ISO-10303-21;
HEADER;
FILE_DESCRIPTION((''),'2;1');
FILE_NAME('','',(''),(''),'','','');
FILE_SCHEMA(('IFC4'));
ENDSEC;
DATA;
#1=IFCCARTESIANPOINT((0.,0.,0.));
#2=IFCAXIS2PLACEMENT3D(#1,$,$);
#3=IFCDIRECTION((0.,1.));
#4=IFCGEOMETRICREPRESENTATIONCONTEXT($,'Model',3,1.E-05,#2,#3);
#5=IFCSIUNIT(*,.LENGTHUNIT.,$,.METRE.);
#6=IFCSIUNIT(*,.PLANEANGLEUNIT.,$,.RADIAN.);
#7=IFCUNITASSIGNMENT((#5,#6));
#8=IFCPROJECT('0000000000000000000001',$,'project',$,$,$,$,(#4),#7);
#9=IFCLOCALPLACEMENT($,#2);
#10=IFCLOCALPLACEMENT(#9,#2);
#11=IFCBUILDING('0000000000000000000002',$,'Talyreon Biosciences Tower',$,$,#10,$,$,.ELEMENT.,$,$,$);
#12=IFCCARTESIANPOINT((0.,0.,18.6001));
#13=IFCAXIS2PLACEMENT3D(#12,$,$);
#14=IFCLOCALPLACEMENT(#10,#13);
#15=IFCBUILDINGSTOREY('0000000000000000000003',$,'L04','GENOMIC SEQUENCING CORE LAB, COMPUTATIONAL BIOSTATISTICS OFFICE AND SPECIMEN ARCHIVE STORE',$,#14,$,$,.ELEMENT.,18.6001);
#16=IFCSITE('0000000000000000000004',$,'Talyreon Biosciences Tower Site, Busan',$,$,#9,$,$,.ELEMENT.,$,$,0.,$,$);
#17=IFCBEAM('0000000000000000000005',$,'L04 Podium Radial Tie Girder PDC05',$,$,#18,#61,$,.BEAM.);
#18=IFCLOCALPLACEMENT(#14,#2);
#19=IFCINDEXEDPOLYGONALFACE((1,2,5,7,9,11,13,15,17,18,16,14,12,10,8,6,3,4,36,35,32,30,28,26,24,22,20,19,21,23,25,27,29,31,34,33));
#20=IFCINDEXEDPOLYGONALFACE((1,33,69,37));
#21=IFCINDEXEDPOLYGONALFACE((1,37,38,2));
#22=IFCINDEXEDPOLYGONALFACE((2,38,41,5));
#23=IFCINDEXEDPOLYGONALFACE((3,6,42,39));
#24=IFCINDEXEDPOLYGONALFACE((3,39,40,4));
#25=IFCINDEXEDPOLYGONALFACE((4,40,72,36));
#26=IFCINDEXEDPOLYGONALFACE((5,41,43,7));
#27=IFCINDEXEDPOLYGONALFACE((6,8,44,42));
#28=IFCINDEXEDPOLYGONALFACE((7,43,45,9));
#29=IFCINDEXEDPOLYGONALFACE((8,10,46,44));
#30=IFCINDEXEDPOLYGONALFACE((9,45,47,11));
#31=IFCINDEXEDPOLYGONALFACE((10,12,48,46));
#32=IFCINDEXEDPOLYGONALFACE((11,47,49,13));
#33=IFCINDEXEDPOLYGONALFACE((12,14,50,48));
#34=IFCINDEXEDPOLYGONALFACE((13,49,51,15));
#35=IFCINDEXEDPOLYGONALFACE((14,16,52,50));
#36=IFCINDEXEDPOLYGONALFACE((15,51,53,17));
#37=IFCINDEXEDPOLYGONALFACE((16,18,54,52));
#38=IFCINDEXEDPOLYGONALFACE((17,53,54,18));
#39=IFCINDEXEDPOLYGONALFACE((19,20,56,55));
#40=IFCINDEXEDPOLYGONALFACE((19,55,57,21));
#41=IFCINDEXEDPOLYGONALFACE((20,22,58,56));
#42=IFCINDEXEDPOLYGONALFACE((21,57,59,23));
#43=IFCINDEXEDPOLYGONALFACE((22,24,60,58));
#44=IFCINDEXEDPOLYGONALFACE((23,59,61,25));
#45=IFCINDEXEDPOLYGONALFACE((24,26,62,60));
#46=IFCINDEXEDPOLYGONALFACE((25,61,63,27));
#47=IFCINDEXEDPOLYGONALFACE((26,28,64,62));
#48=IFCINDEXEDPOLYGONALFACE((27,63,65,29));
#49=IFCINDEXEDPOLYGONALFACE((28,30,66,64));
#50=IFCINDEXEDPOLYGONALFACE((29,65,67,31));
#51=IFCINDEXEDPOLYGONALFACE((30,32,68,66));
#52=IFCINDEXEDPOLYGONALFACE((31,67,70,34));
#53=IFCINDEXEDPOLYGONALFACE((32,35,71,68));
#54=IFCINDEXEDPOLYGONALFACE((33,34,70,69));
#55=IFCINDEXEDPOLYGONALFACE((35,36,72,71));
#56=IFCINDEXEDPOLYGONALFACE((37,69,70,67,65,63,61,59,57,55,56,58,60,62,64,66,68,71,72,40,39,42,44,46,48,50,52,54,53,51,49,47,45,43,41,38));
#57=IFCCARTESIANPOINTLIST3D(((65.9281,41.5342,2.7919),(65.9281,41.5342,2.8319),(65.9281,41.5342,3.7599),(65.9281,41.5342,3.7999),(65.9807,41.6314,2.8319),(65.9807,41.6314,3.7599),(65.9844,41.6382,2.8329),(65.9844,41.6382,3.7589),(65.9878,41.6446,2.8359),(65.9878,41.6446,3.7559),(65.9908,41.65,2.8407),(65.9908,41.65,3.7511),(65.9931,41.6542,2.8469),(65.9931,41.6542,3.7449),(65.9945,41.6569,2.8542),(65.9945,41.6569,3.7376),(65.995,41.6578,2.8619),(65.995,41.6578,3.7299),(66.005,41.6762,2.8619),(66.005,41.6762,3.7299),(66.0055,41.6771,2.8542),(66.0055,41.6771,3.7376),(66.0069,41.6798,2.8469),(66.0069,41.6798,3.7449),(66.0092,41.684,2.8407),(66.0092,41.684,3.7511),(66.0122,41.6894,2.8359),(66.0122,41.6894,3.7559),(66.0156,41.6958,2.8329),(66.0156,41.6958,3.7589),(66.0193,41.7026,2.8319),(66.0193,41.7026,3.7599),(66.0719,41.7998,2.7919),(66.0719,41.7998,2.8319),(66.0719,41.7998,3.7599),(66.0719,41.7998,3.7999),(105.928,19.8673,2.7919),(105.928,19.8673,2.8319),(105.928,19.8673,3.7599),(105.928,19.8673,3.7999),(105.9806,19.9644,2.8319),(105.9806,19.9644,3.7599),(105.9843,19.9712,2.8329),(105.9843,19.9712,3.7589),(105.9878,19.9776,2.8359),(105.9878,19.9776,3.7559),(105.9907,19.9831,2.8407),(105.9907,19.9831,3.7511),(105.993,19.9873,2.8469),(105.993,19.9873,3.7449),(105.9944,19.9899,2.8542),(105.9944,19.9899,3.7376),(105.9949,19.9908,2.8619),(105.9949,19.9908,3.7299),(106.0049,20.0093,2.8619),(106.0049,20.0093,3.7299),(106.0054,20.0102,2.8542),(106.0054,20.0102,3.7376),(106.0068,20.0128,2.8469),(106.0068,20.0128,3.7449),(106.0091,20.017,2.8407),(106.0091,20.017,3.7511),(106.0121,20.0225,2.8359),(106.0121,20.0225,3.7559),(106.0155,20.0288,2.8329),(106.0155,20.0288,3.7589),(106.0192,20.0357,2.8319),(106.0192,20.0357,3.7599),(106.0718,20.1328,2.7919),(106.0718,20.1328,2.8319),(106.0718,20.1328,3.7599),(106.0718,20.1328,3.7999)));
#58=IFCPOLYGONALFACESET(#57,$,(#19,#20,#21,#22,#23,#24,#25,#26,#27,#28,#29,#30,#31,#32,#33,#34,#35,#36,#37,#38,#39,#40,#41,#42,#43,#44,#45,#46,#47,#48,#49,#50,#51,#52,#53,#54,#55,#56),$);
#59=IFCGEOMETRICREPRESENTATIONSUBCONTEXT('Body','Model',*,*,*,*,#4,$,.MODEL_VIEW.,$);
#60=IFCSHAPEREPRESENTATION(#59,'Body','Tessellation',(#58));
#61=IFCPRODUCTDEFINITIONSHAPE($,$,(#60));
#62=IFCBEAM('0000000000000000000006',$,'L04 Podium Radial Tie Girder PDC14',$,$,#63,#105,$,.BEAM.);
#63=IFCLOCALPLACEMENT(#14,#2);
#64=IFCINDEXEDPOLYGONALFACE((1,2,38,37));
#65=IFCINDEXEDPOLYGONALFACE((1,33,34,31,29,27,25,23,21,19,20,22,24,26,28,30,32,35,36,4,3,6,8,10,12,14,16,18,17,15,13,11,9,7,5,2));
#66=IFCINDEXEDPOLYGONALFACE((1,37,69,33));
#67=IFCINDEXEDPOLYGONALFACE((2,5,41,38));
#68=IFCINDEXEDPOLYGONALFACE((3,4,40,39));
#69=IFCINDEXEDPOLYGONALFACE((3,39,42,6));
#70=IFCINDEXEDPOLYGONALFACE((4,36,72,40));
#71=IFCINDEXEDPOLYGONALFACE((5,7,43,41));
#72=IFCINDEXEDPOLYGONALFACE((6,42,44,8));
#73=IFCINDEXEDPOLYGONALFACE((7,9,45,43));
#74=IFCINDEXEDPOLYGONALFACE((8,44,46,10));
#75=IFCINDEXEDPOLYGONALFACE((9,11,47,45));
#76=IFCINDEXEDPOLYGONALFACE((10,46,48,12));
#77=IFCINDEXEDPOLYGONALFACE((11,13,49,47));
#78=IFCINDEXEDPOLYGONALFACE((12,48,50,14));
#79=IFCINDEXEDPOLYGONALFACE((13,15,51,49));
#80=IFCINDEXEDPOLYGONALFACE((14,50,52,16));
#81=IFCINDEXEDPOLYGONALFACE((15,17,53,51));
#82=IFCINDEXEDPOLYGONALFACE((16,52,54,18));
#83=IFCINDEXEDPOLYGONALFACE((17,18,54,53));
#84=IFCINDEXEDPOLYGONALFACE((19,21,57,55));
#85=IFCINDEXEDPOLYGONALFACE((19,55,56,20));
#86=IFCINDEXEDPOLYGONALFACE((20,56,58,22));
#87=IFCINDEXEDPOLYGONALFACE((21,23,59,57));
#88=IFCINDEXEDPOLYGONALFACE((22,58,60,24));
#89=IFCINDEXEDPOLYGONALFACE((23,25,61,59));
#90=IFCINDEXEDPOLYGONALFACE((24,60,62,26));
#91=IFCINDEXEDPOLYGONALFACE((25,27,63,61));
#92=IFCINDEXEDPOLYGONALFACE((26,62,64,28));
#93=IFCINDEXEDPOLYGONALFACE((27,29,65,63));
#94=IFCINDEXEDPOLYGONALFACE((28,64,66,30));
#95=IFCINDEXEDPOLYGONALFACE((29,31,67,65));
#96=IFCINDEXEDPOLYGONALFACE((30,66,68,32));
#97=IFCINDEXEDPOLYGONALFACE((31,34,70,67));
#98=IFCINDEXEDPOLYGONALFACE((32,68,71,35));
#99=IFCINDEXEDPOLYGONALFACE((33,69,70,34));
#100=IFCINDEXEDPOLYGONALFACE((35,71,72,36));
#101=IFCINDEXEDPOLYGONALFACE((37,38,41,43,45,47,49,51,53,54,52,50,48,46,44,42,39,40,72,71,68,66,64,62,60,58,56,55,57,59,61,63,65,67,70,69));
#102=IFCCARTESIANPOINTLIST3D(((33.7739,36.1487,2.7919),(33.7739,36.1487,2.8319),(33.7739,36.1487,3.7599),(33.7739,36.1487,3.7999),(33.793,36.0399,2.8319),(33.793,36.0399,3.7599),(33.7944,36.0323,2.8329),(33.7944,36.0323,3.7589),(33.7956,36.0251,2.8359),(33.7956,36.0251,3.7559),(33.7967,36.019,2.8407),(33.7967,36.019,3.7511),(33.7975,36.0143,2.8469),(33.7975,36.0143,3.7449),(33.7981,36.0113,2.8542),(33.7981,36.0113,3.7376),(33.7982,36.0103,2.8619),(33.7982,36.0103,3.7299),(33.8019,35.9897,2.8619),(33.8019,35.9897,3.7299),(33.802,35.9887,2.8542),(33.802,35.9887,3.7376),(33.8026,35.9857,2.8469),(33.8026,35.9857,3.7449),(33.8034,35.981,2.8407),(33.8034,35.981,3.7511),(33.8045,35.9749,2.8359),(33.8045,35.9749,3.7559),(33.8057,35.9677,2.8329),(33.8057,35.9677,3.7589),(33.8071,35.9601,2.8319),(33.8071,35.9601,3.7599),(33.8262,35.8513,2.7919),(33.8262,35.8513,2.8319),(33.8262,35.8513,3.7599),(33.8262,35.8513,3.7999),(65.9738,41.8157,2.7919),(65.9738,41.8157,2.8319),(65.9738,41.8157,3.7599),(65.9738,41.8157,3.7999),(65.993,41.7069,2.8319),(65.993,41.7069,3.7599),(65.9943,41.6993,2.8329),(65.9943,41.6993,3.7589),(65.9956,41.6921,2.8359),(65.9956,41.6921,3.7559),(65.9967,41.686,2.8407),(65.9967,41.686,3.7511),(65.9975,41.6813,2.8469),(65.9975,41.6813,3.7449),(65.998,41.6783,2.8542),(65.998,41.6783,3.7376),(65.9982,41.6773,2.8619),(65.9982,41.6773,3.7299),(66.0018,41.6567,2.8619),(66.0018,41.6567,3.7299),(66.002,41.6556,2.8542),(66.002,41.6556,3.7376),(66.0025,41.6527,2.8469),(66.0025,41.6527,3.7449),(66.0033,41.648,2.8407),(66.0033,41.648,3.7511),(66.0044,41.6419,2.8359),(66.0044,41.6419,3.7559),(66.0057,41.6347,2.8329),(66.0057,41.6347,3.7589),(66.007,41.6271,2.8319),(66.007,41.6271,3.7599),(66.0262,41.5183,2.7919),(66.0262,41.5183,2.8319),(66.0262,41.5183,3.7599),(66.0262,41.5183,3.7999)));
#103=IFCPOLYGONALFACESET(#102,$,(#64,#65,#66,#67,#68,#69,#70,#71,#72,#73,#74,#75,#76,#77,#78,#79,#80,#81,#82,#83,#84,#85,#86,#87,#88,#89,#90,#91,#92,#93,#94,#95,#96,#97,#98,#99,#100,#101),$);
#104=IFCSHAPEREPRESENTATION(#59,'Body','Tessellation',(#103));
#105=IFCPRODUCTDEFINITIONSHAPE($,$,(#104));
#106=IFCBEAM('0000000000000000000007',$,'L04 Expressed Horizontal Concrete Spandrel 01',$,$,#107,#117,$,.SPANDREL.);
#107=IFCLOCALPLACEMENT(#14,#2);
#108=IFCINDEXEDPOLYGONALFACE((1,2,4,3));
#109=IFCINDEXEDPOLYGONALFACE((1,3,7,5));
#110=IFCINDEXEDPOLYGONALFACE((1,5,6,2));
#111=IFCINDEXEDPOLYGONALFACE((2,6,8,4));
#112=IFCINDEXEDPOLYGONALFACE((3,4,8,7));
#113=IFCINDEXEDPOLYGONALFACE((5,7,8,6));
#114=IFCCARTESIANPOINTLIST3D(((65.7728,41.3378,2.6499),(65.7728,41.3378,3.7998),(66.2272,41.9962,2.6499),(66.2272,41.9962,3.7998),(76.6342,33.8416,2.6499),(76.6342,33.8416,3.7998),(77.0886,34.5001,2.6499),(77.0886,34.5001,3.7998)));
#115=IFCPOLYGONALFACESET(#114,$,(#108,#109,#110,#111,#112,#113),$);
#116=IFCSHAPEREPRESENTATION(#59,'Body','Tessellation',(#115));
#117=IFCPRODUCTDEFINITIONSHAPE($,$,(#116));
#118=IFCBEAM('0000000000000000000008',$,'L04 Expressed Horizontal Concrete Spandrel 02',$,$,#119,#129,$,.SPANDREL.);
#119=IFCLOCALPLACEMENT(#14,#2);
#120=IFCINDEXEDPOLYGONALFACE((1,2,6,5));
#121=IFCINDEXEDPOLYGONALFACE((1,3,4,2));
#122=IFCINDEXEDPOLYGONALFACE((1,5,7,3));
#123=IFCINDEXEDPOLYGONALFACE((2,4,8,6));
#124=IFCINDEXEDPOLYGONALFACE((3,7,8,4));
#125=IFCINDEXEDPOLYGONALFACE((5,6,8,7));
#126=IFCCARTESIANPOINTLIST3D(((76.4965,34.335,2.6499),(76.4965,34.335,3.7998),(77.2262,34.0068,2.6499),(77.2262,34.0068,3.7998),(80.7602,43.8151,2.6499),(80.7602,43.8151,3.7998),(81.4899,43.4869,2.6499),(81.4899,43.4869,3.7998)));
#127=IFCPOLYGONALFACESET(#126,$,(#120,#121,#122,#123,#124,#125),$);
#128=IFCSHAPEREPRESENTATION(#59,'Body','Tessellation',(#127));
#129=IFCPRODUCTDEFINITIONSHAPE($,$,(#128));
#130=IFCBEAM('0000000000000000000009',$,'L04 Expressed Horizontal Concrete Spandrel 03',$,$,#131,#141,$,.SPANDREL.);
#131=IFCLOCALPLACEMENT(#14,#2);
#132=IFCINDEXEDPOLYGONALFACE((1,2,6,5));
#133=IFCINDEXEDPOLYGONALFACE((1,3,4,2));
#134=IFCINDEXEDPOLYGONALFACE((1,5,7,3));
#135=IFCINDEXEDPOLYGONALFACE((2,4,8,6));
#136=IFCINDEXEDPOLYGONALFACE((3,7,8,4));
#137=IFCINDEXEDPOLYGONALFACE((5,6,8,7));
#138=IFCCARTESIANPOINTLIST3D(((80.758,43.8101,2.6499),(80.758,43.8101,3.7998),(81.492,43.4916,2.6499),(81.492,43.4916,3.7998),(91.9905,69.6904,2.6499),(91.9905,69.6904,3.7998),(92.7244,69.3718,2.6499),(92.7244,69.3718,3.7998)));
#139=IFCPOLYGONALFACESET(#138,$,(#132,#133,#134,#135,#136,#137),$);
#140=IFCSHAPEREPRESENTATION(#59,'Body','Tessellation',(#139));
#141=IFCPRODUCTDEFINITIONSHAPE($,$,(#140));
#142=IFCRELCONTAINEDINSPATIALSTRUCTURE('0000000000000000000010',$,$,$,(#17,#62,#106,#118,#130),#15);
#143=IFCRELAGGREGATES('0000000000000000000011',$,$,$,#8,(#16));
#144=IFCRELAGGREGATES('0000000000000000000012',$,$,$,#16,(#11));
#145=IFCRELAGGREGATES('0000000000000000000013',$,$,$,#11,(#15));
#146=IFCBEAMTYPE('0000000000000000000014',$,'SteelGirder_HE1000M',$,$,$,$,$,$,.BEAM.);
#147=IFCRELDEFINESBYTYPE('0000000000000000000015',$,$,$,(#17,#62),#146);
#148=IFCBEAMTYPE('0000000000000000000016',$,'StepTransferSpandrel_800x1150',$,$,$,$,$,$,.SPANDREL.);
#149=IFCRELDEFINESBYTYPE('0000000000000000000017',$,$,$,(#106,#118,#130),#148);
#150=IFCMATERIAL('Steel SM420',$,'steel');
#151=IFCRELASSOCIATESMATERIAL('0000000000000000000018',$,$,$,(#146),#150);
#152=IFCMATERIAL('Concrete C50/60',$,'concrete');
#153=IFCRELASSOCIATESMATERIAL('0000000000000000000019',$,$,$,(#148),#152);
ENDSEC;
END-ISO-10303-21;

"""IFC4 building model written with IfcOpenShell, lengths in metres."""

from ifc_helpers import new_model, si_unit, direction, frame, origin, origin_2d, place, context, subcontext, project, spatial, rectangle, i_section, extrude, material, material_profile, profile_set, type_object, element, save


model = new_model("IFC4")

# Units and contexts
model_context = context("Model", 3, precision=1e-05, world=origin(), true_north=direction((0.0, 1.0)))
body_context = subcontext(model_context, "Body", "Model", "MODEL_VIEW")
ifc_project = project(units=[si_unit("LENGTHUNIT", "METRE"), si_unit("PLANEANGLEUNIT", "RADIAN")], contexts=[model_context])

# Site, building, storey
site_placement = place(None, origin())
site = spatial("IfcSite", under=ifc_project, at=site_placement, Name="Talyreon Biosciences Tower Site, Busan", CompositionType="ELEMENT", RefElevation=0.0)
building_placement = place(site_placement, origin())
building = spatial("IfcBuilding", under=site, at=building_placement, Name="Talyreon Biosciences Tower", CompositionType="ELEMENT")
storey_placement = place(building_placement, frame((0.0, 0.0, 18.6001)))
storey = spatial("IfcBuildingStorey", under=building, at=storey_placement, Name="L04", Description="GENOMIC SEQUENCING CORE LAB, COMPUTATIONAL BIOSTATISTICS OFFICE AND SPECIMEN ARCHIVE STORE", CompositionType="ELEMENT", Elevation=18.6001)

# Beams
ifc_material_1 = material(Name="Concrete C50/60", Category="concrete")
ifc_material_2 = material(Name="Steel SM420", Category="steel")
ifc_material_profile_1 = material_profile(ifc_material_2, i_section(OverallWidth=0.302, OverallDepth=1.0081, WebThickness=0.021, FlangeThickness=0.04, FilletRadius=0.03, at=origin_2d()), Name="HE1000M")
ifc_profile_set_1 = profile_set([ifc_material_profile_1], Name="Steel SM420")
beam_type_1 = type_object("IfcBeamType", Name="SteelGirder_HE1000M", PredefinedType="BEAM", material=ifc_profile_set_1)
beam_1_placement = place(storey_placement, frame((66.0, 41.667, 3.2959), z_axis=(0.879289, -0.476289, 0.0), x_axis=(0.476289, 0.879289, 0.0)))
element("IfcBeam", 1, at=beam_1_placement, inside=storey, type_object=beam_type_1, Name="L04 Podium Radial Tie Girder PDC05", PredefinedType="BEAM", context=body_context, shape_type="SweptSolid", body=[
    extrude(i_section(OverallWidth=0.302, OverallDepth=1.0081, WebThickness=0.021, FlangeThickness=0.04, FilletRadius=0.03, at=origin_2d()), origin(), (0.0, 0.0, 1.0), 45.4912),
])
beam_2_placement = place(storey_placement, frame((66.0, 41.667, 3.2959), z_axis=(-0.984864, -0.17333, 0.0), x_axis=(0.17333, -0.984864, 0.0)))
element("IfcBeam", 2, at=beam_2_placement, inside=storey, type_object=beam_type_1, Name="L04 Podium Radial Tie Girder PDC14", PredefinedType="BEAM", context=body_context, shape_type="SweptSolid", body=[
    extrude(i_section(OverallWidth=0.302, OverallDepth=1.0081, WebThickness=0.021, FlangeThickness=0.04, FilletRadius=0.03, at=origin_2d()), origin(), (0.0, 0.0, 1.0), 32.6948),
])
ifc_material_profile_2 = material_profile(ifc_material_1, rectangle(XDim=0.8, YDim=1.1499, at=origin_2d()), Name="RCB 800x1150")
ifc_profile_set_2 = profile_set([ifc_material_profile_2], Name="Concrete C50/60")
beam_type_2 = type_object("IfcBeamType", Name="StepTransferSpandrel_800x1150", PredefinedType="SPANDREL", material=ifc_profile_set_2)
beam_3_placement = place(storey_placement, frame((66.0, 41.667, 3.2249), z_axis=(0.823017, -0.568017, 0.0), x_axis=(0.568017, 0.823017, 0.0)))
element("IfcBeam", 3, at=beam_3_placement, inside=storey, type_object=beam_type_2, Name="L04 Expressed Horizontal Concrete Spandrel 01", PredefinedType="SPANDREL", context=body_context, shape_type="SweptSolid", body=[
    extrude(rectangle(XDim=0.8, YDim=1.1499, at=origin_2d()), origin(), (0.0, 0.0, 1.0), 13.197),
])
beam_4_placement = place(storey_placement, frame((76.8613, 34.1709, 3.2249), z_axis=(0.410179, 0.912005, 0.0), x_axis=(-0.912005, 0.410179, 0.0)))
element("IfcBeam", 4, at=beam_4_placement, inside=storey, type_object=beam_type_2, Name="L04 Expressed Horizontal Concrete Spandrel 02", PredefinedType="SPANDREL", context=body_context, shape_type="SweptSolid", body=[
    extrude(rectangle(XDim=0.8, YDim=1.1499, at=origin_2d()), origin(), (0.0, 0.0, 1.0), 10.3948),
])
beam_5_placement = place(storey_placement, frame((81.125, 43.6509, 3.2249), z_axis=(0.398136, 0.917327, 0.0), x_axis=(-0.917327, 0.398136, 0.0)))
element("IfcBeam", 5, at=beam_5_placement, inside=storey, type_object=beam_type_2, Name="L04 Expressed Horizontal Concrete Spandrel 03", PredefinedType="SPANDREL", context=body_context, shape_type="SweptSolid", body=[
    extrude(rectangle(XDim=0.8, YDim=1.1499, at=origin_2d()), origin(), (0.0, 0.0, 1.0), 28.2126),
])

save(model, "model.ifc")
